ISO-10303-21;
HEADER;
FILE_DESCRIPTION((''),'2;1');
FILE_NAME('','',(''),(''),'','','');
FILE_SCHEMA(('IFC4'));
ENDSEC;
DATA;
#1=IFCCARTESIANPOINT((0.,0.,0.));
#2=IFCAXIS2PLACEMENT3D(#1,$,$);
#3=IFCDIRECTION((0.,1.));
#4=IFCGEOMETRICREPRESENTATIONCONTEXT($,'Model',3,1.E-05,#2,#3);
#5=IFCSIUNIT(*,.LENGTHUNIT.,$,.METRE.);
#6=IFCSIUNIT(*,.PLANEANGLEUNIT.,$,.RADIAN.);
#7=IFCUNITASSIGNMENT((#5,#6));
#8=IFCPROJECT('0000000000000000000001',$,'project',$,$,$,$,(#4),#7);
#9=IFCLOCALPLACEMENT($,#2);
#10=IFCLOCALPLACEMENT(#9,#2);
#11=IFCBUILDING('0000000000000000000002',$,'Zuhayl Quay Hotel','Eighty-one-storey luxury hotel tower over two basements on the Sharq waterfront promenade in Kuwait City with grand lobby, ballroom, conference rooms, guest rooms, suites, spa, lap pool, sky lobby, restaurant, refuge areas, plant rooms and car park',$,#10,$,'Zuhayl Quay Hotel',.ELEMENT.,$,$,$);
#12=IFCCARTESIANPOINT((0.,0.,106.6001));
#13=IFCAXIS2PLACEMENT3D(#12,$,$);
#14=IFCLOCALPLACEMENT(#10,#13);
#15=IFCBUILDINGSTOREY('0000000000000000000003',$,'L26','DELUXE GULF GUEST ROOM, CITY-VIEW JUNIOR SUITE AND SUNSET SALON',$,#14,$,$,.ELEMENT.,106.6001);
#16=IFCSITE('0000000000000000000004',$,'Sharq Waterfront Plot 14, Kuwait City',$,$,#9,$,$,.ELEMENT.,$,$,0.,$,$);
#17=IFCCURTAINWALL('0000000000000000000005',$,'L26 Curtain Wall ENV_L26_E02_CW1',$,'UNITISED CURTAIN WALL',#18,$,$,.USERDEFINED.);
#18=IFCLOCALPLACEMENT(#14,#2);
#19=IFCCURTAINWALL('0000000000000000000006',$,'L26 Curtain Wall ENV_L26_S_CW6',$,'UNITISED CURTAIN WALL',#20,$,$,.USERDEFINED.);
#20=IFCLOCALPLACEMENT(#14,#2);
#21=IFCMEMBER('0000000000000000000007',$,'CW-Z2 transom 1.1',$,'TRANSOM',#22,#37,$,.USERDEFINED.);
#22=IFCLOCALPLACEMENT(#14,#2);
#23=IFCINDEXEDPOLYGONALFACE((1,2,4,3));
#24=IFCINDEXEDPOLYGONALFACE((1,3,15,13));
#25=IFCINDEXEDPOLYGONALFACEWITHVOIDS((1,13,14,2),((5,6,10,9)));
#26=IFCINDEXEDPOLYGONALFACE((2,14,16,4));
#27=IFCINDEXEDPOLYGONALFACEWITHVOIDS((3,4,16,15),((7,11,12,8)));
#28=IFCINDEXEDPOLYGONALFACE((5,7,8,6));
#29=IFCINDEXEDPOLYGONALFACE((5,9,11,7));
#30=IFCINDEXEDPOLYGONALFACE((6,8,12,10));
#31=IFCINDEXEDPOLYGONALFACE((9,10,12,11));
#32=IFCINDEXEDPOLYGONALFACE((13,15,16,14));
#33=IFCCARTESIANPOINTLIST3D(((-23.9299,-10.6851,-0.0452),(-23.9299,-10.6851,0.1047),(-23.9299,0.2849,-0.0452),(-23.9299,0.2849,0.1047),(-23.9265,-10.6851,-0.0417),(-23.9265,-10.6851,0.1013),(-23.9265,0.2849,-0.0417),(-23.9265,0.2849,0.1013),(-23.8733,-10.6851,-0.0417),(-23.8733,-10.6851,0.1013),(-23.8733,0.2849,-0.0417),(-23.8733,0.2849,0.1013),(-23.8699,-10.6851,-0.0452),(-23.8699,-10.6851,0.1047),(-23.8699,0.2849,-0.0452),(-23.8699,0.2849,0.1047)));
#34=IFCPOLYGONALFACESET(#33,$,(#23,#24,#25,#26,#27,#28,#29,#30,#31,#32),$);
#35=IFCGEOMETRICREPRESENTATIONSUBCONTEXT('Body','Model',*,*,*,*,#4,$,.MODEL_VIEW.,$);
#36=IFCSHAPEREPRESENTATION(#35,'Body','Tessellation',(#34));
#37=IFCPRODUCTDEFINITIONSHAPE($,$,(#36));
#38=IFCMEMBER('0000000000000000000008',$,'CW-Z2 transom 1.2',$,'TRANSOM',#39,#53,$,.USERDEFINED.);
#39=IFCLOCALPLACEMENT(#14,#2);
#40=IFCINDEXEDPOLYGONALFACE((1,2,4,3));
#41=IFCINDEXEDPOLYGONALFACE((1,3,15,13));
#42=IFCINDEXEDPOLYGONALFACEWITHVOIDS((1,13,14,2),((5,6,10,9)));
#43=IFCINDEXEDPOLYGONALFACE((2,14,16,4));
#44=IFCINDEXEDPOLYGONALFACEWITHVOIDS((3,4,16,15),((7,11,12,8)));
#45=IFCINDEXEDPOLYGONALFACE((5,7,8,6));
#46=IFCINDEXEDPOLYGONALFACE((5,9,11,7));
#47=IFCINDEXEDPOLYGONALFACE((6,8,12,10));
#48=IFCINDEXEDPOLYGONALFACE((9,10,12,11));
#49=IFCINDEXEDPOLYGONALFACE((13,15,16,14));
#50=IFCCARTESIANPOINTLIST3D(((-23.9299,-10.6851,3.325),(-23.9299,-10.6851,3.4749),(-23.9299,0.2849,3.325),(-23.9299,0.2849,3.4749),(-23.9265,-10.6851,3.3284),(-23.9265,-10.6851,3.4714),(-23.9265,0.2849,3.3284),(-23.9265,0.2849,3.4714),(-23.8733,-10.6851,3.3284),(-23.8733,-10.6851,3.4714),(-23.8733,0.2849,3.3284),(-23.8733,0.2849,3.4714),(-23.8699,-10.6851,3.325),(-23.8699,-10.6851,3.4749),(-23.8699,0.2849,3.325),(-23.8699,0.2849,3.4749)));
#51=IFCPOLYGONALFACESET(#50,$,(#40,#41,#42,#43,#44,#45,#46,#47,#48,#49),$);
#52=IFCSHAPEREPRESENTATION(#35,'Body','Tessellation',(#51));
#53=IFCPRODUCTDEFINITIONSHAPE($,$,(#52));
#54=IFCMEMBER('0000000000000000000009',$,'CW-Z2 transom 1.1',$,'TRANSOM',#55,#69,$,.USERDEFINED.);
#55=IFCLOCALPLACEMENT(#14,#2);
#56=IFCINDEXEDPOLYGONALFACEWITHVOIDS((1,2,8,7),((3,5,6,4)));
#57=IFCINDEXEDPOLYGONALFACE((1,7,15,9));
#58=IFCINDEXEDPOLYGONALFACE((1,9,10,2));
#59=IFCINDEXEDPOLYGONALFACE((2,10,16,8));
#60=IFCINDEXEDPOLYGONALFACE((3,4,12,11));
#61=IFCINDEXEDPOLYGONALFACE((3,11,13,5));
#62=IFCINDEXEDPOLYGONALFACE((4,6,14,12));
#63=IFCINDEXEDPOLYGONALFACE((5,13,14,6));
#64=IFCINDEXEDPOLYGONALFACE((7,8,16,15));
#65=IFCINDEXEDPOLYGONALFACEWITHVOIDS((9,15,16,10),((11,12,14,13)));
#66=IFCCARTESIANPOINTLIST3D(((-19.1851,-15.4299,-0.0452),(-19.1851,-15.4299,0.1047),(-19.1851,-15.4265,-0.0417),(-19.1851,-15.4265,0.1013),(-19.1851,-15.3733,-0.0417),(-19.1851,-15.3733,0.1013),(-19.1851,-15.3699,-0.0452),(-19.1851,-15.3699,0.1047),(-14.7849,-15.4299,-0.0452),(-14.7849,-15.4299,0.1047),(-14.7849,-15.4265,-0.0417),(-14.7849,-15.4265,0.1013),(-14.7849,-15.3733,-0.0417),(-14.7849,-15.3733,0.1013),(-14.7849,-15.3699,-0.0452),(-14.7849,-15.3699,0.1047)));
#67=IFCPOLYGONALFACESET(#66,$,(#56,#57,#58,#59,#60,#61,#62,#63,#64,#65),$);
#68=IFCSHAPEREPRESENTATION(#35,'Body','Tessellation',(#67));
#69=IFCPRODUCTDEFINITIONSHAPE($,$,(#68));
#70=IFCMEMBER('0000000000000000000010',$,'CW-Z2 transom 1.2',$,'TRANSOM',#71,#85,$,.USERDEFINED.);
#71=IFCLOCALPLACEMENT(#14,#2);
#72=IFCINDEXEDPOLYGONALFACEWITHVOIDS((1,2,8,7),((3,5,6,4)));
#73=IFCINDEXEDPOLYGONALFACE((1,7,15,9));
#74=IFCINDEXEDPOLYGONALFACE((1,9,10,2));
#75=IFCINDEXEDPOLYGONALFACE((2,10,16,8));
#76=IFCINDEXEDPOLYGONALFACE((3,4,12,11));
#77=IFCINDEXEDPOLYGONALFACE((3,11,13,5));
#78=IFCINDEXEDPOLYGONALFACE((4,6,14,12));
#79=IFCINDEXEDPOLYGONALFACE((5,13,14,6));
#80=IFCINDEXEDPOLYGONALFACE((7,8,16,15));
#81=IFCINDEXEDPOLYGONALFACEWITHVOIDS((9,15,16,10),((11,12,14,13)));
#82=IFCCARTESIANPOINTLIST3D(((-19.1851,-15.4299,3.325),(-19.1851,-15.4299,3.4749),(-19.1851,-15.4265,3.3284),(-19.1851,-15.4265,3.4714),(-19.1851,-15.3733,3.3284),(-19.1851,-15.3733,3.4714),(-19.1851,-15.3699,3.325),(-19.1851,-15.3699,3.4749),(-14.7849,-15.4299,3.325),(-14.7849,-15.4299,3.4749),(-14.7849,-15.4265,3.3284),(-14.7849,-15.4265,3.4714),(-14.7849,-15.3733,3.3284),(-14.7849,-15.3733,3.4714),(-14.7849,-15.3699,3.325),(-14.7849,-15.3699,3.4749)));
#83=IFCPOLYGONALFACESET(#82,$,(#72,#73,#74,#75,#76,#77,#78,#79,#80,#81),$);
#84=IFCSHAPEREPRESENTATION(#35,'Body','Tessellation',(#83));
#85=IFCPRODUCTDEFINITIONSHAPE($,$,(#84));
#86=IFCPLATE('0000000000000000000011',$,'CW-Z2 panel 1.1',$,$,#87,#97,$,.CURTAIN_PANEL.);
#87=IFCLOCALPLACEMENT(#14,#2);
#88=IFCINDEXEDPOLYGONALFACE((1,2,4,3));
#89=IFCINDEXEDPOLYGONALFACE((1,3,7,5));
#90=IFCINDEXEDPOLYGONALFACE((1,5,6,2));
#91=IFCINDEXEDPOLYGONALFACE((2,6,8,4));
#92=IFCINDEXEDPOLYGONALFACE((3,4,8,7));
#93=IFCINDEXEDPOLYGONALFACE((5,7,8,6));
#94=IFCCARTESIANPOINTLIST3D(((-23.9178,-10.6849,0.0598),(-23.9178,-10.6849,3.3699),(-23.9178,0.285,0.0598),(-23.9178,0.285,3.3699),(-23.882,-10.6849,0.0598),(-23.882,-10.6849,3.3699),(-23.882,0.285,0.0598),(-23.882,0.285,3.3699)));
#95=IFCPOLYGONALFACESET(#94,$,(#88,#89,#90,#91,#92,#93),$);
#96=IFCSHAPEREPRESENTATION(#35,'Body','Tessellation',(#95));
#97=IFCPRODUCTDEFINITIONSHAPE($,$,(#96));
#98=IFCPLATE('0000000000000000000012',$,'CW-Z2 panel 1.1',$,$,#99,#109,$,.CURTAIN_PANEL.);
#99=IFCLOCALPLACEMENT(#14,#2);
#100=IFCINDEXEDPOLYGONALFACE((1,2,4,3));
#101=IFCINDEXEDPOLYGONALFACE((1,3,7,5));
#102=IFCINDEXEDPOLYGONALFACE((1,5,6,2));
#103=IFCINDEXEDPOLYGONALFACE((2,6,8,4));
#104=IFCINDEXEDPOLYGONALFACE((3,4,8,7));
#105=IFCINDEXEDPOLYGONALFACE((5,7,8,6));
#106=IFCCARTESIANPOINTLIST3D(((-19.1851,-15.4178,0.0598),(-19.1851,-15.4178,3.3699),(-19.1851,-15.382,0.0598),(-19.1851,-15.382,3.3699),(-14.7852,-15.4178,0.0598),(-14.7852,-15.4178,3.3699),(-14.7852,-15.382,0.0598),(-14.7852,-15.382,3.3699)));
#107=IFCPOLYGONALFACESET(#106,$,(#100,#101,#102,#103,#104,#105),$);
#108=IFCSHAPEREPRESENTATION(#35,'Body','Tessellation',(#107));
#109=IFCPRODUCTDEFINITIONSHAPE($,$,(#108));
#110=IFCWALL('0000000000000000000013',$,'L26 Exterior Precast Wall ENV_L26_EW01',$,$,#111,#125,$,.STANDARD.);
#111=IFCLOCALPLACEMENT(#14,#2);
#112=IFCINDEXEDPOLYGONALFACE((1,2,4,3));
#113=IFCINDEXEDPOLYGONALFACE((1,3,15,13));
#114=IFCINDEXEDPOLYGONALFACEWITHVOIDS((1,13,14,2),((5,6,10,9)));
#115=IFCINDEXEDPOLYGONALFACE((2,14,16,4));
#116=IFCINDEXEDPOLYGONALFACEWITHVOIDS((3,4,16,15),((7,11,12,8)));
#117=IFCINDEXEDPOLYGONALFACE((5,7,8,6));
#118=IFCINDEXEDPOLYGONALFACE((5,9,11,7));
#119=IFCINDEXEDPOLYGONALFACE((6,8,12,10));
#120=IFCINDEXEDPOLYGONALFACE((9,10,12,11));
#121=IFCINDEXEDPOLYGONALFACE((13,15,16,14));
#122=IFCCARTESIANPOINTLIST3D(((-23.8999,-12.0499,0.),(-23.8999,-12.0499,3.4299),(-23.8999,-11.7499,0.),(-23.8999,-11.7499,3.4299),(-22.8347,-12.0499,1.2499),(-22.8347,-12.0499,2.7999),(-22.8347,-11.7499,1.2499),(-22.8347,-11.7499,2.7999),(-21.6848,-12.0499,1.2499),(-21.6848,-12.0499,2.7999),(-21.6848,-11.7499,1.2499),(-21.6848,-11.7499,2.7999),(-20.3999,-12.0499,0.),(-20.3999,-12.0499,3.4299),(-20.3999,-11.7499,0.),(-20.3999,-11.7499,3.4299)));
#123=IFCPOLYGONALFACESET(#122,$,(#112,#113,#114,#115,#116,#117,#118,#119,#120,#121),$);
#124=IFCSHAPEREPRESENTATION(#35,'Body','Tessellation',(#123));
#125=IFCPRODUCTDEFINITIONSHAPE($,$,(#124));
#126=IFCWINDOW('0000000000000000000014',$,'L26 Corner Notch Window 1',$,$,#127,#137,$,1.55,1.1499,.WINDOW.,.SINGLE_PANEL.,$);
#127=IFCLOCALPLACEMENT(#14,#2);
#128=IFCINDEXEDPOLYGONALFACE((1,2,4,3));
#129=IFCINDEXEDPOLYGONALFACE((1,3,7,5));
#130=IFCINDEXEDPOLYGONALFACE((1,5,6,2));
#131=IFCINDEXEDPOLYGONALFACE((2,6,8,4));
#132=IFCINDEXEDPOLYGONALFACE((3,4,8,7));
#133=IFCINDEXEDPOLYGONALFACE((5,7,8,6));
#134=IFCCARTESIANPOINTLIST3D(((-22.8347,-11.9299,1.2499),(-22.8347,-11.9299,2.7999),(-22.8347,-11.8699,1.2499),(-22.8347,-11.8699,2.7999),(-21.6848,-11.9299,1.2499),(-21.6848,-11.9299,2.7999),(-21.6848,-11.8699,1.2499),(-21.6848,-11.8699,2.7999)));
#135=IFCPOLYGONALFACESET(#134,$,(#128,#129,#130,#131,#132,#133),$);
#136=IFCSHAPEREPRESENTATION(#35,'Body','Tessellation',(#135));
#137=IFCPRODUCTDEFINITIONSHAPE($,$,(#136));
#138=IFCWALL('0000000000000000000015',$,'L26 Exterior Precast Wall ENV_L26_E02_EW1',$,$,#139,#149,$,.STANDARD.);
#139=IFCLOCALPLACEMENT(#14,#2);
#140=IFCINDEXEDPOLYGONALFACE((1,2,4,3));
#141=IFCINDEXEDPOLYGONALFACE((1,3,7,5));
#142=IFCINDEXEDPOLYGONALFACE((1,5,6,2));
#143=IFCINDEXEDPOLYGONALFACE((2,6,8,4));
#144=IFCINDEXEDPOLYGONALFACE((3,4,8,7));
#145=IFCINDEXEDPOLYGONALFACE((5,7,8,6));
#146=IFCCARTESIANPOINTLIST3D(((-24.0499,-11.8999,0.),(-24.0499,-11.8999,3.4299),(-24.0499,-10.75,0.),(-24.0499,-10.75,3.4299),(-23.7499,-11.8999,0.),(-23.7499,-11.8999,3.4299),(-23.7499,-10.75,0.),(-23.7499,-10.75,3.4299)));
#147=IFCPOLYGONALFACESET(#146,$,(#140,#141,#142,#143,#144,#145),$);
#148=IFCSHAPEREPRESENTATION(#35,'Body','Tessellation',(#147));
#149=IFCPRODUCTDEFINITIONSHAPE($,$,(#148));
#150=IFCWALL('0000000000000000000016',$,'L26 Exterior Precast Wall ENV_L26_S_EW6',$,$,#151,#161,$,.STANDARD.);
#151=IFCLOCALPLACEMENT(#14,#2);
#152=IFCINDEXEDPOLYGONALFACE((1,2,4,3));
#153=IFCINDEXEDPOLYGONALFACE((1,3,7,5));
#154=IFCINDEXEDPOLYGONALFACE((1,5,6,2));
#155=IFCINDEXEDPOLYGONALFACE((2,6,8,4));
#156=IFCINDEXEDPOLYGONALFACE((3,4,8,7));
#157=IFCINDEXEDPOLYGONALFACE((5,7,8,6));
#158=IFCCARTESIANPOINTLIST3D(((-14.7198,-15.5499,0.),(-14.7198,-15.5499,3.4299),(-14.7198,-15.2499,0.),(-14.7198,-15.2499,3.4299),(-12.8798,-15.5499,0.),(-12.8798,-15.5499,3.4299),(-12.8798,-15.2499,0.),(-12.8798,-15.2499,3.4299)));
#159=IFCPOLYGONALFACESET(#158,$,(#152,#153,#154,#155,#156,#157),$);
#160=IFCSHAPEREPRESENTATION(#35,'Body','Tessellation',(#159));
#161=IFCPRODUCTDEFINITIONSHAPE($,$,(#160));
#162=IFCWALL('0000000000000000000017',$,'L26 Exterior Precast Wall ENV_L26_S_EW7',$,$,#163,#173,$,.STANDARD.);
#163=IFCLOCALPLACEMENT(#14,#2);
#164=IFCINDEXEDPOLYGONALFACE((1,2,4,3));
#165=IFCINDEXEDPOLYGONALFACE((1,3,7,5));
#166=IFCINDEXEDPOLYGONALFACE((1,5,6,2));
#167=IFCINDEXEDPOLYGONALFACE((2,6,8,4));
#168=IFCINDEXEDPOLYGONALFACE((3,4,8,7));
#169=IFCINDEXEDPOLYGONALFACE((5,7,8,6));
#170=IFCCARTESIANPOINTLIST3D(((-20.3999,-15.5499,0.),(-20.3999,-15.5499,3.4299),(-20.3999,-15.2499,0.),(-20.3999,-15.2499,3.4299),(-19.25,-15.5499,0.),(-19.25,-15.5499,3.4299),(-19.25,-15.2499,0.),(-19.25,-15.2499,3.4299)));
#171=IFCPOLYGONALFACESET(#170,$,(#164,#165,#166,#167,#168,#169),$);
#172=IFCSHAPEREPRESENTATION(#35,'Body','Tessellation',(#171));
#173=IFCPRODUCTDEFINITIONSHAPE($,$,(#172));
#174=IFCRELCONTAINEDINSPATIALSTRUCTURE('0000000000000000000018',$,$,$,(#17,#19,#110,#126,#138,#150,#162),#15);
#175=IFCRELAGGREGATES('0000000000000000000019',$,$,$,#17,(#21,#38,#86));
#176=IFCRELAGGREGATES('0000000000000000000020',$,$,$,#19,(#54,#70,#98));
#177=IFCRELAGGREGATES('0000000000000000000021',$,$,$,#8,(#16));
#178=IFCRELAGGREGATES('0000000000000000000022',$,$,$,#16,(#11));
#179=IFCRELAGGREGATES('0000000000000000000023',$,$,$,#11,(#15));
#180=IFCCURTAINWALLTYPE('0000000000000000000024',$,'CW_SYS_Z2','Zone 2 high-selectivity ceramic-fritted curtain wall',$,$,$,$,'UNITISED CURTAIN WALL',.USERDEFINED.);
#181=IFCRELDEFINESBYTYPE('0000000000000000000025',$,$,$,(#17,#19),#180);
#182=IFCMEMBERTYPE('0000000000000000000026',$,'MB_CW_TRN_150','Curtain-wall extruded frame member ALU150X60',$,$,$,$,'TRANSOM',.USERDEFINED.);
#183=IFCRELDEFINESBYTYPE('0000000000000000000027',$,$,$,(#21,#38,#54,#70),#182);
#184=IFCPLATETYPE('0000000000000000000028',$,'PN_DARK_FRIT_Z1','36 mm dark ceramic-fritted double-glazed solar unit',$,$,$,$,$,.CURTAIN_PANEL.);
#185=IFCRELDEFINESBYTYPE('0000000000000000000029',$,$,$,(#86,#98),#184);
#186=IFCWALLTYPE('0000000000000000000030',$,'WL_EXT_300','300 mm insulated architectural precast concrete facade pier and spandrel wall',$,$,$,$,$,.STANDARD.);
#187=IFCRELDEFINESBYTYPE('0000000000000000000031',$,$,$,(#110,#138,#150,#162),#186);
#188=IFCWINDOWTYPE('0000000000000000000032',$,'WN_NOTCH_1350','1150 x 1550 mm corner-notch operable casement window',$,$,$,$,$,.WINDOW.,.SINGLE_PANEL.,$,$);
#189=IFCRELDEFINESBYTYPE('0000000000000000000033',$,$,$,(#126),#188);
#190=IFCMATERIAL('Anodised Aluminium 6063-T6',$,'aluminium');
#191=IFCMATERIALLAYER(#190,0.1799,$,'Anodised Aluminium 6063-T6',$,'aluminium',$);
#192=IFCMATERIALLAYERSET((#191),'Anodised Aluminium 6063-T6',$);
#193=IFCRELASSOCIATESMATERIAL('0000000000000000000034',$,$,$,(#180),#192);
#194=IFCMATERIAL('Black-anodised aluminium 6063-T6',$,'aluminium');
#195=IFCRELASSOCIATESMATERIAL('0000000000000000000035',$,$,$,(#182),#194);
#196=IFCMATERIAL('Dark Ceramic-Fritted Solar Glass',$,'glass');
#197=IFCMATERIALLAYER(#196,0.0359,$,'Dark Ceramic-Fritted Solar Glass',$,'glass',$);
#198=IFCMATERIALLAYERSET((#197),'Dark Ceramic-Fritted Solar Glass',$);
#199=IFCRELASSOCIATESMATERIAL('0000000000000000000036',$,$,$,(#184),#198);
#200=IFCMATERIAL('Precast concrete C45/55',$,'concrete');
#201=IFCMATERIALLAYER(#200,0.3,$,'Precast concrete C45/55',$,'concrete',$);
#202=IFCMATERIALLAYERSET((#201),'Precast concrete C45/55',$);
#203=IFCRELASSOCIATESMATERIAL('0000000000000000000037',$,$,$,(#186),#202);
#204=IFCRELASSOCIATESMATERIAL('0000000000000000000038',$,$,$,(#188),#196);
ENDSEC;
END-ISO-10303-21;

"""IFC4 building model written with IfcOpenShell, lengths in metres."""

from ifc_helpers import new_model, si_unit, direction, frame, frame_2d, origin, origin_2d, place, context, subcontext, project, spatial, rectangle, hollow_rectangle, extrude, material, layer, layer_set, material_profile, profile_set, type_object, element, fill, aggregate, save


model = new_model("IFC4")

# Units and contexts
model_context = context("Model", 3, precision=1e-05, world=origin(), true_north=direction((0.0, 1.0)))
body_context = subcontext(model_context, "Body", "Model", "MODEL_VIEW")
ifc_project = project(units=[si_unit("LENGTHUNIT", "METRE"), si_unit("PLANEANGLEUNIT", "RADIAN")], contexts=[model_context])

# Site, building, storey
site_placement = place(None, origin())
site = spatial("IfcSite", under=ifc_project, at=site_placement, Name="Sharq Waterfront Plot 14, Kuwait City", CompositionType="ELEMENT", RefElevation=0.0)
building_placement = place(site_placement, origin())
building = spatial("IfcBuilding", under=site, at=building_placement, Name="Zuhayl Quay Hotel", Description="Eighty-one-storey luxury hotel tower over two basements on the Sharq waterfront promenade in Kuwait City with grand lobby, ballroom, conference rooms, guest rooms, suites, spa, lap pool, sky lobby, restaurant, refuge areas, plant rooms and car park", LongName="Zuhayl Quay Hotel", CompositionType="ELEMENT")
storey_placement = place(building_placement, frame((0.0, 0.0, 106.6001)))
storey = spatial("IfcBuildingStorey", under=building, at=storey_placement, Name="L26", Description="DELUXE GULF GUEST ROOM, CITY-VIEW JUNIOR SUITE AND SUNSET SALON", CompositionType="ELEMENT", Elevation=106.6001)

# Curtain wall
ifc_material_1 = material(Name="Anodised Aluminium 6063-T6", Category="aluminium")
ifc_layer_1 = layer(ifc_material_1, 0.1799, Name="Anodised Aluminium 6063-T6", Category="aluminium")
ifc_layer_set_1 = layer_set([ifc_layer_1], Name="Anodised Aluminium 6063-T6")
curtain_wall_type = type_object("IfcCurtainWallType", Name="CW_SYS_Z2", Description="Zone 2 high-selectivity ceramic-fritted curtain wall", ElementType="UNITISED CURTAIN WALL", PredefinedType="USERDEFINED", material=ifc_layer_set_1)
curtain_wall_1_placement = place(storey_placement, origin())
curtain_wall_1 = element("IfcCurtainWall", 1, at=curtain_wall_1_placement, inside=storey, type_object=curtain_wall_type, Name="L26 Curtain Wall ENV_L26_E02_CW1", ObjectType="UNITISED CURTAIN WALL", PredefinedType="USERDEFINED")
ifc_material_2 = material(Name="Black-anodised aluminium 6063-T6", Category="aluminium")

# Curtain wall
curtain_wall_2_placement = place(storey_placement, origin())
curtain_wall_2 = element("IfcCurtainWall", 2, at=curtain_wall_2_placement, inside=storey, type_object=curtain_wall_type, Name="L26 Curtain Wall ENV_L26_S_CW6", ObjectType="UNITISED CURTAIN WALL", PredefinedType="USERDEFINED")

# Members
ifc_material_profile_1 = material_profile(ifc_material_2, hollow_rectangle(XDim=0.0601, YDim=0.1499, WallThickness=0.0034, at=origin_2d()), Name="ALU150X60")
ifc_profile_set_1 = profile_set([ifc_material_profile_1], Name="Black-anodised aluminium 6063-T6")
member_type_1 = type_object("IfcMemberType", Name="MB_CW_TRN_150", Description="Curtain-wall extruded frame member ALU150X60", ElementType="TRANSOM", PredefinedType="USERDEFINED", material=ifc_profile_set_1)
member_1_placement = place(storey_placement, frame((-23.8999, -10.6851, 0.0298), z_axis=(0.0, 1.0, 0.0), x_axis=(-1.0, 0.0, 0.0)))
member_1 = element("IfcMember", 3, at=member_1_placement, type_object=member_type_1, Name="CW-Z2 transom 1.1", ObjectType="TRANSOM", PredefinedType="USERDEFINED", context=body_context, shape_type="SweptSolid", body=[
    extrude(hollow_rectangle(XDim=0.0601, YDim=0.1499, WallThickness=0.0034, at=origin_2d()), origin(), (0.0, 0.0, 1.0), 10.97),
])
member_2_placement = place(storey_placement, frame((-23.8999, -10.6851, 3.3999), z_axis=(0.0, 1.0, 0.0), x_axis=(-1.0, 0.0, 0.0)))
member_2 = element("IfcMember", 4, at=member_2_placement, type_object=member_type_1, Name="CW-Z2 transom 1.2", ObjectType="TRANSOM", PredefinedType="USERDEFINED", context=body_context, shape_type="SweptSolid", body=[
    extrude(hollow_rectangle(XDim=0.0601, YDim=0.1499, WallThickness=0.0034, at=origin_2d()), origin(), (0.0, 0.0, 1.0), 10.97),
])
member_3_placement = place(storey_placement, frame((-14.7849, -15.3999, 0.0298), z_axis=(-1.0, 0.0, 0.0), x_axis=(0.0, -1.0, 0.0)))
member_3 = element("IfcMember", 5, at=member_3_placement, type_object=member_type_1, Name="CW-Z2 transom 1.1", ObjectType="TRANSOM", PredefinedType="USERDEFINED", context=body_context, shape_type="SweptSolid", body=[
    extrude(hollow_rectangle(XDim=0.0601, YDim=0.1499, WallThickness=0.0034, at=origin_2d()), origin(), (0.0, 0.0, 1.0), 4.4001),
])
member_4_placement = place(storey_placement, frame((-14.7849, -15.3999, 3.3999), z_axis=(-1.0, 0.0, 0.0), x_axis=(0.0, -1.0, 0.0)))
member_4 = element("IfcMember", 6, at=member_4_placement, type_object=member_type_1, Name="CW-Z2 transom 1.2", ObjectType="TRANSOM", PredefinedType="USERDEFINED", context=body_context, shape_type="SweptSolid", body=[
    extrude(hollow_rectangle(XDim=0.0601, YDim=0.1499, WallThickness=0.0034, at=origin_2d()), origin(), (0.0, 0.0, 1.0), 4.4001),
])

# Plates
ifc_material_3 = material(Name="Dark Ceramic-Fritted Solar Glass", Category="glass")
ifc_layer_2 = layer(ifc_material_3, 0.0359, Name="Dark Ceramic-Fritted Solar Glass", Category="glass")
ifc_layer_set_2 = layer_set([ifc_layer_2], Name="Dark Ceramic-Fritted Solar Glass")
plate_type = type_object("IfcPlateType", Name="PN_DARK_FRIT_Z1", Description="36 mm dark ceramic-fritted double-glazed solar unit", PredefinedType="CURTAIN_PANEL", material=ifc_layer_set_2)
plate_1_placement = place(storey_placement, frame((-23.8999, -5.2, 0.0598), z_axis=(0.0, 0.0, 1.0), x_axis=(0.0, 1.0, 0.0)))
plate_1 = element("IfcPlate", 7, at=plate_1_placement, type_object=plate_type, Name="CW-Z2 panel 1.1", PredefinedType="CURTAIN_PANEL", context=body_context, shape_type="SweptSolid", body=[
    extrude(rectangle(XDim=10.97, YDim=0.0359, at=origin_2d()), origin(), (0.0, 0.0, 1.0), 3.3101),
])
aggregate(curtain_wall_1, [member_1, member_2, plate_1])
plate_2_placement = place(storey_placement, frame((-16.9851, -15.3999, 0.0598), z_axis=(0.0, 0.0, 1.0), x_axis=(-1.0, 0.0, 0.0)))
plate_2 = element("IfcPlate", 8, at=plate_2_placement, type_object=plate_type, Name="CW-Z2 panel 1.1", PredefinedType="CURTAIN_PANEL", context=body_context, shape_type="SweptSolid", body=[
    extrude(rectangle(XDim=4.3999, YDim=0.0359, at=origin_2d()), origin(), (0.0, 0.0, 1.0), 3.3101),
])
aggregate(curtain_wall_2, [member_3, member_4, plate_2])

# Wall, opening, window
ifc_material_4 = material(Name="Precast concrete C45/55", Category="concrete")
ifc_layer_3 = layer(ifc_material_4, 0.3, Name="Precast concrete C45/55", Category="concrete")
ifc_layer_set_3 = layer_set([ifc_layer_3], Name="Precast concrete C45/55")
wall_type_1 = type_object("IfcWallType", Name="WL_EXT_300", Description="300 mm insulated architectural precast concrete facade pier and spandrel wall", PredefinedType="STANDARD", material=ifc_layer_set_3)
wall_1_placement = place(storey_placement, frame((-20.3999, -11.8999, 0.0), z_axis=(0.0, 0.0, 1.0), x_axis=(-1.0, 0.0, 0.0)))
wall_1 = element("IfcWall", 9, at=wall_1_placement, inside=storey, type_object=wall_type_1, Name="L26 Exterior Precast Wall ENV_L26_EW01", PredefinedType="STANDARD", context=body_context, shape_type="SweptSolid", body=[
    extrude(rectangle(XDim=3.5, YDim=0.3, at=frame_2d((1.75, 0.0))), origin(), (0.0, 0.0, 1.0), 3.4299),
])
opening_1_placement = place(wall_1_placement, frame((1.2849, 0.0, 1.25)))
opening_1 = element("IfcOpeningElement", 10, at=opening_1_placement, cuts=wall_1, PredefinedType="OPENING", context=body_context, shape_type="SweptSolid", body=[
    extrude(rectangle(XDim=1.1499, YDim=1.55, at=frame_2d((0.575, 0.7749))), frame((0.0, 0.1599, 0.0), z_axis=(0.0, -1.0, 0.0), x_axis=(1.0, 0.0, 0.0)), (0.0, 0.0, 1.0), 0.3201),
])
window_type = type_object("IfcWindowType", Name="WN_NOTCH_1350", Description="1150 x 1550 mm corner-notch operable casement window", PartitioningType="SINGLE_PANEL", PredefinedType="WINDOW", material=ifc_material_3)
window_1_placement = place(opening_1_placement, origin())
window_1 = element("IfcWindow", 11, at=window_1_placement, inside=storey, type_object=window_type, Name="L26 Corner Notch Window 1", OverallHeight=1.55, OverallWidth=1.1499, PartitioningType="SINGLE_PANEL", PredefinedType="WINDOW", context=body_context, shape_type="SweptSolid", body=[
    extrude(rectangle(XDim=1.1499, YDim=1.55, at=frame_2d((0.575, 0.7749))), frame((0.0, 0.03, 0.0), z_axis=(0.0, -1.0, 0.0), x_axis=(1.0, 0.0, 0.0)), (0.0, 0.0, 1.0), 0.0601),
])
fill(opening_1, window_1)

# Walls
wall_2_placement = place(storey_placement, frame((-23.8999, -11.8999, 0.0), z_axis=(0.0, 0.0, 1.0), x_axis=(0.0, 1.0, 0.0)))
element("IfcWall", 12, at=wall_2_placement, inside=storey, type_object=wall_type_1, Name="L26 Exterior Precast Wall ENV_L26_E02_EW1", PredefinedType="STANDARD", context=body_context, shape_type="SweptSolid", body=[
    extrude(rectangle(XDim=1.1499, YDim=0.3, at=frame_2d((0.575, 0.0))), origin(), (0.0, 0.0, 1.0), 3.4299),
])
wall_3_placement = place(storey_placement, frame((-12.8799, -15.3999, 0.0), z_axis=(0.0, 0.0, 1.0), x_axis=(-1.0, 0.0, 0.0)))
element("IfcWall", 13, at=wall_3_placement, inside=storey, type_object=wall_type_1, Name="L26 Exterior Precast Wall ENV_L26_S_EW6", PredefinedType="STANDARD", context=body_context, shape_type="SweptSolid", body=[
    extrude(rectangle(XDim=1.8401, YDim=0.3, at=frame_2d((0.9199, 0.0))), origin(), (0.0, 0.0, 1.0), 3.4299),
])
wall_4_placement = place(storey_placement, frame((-19.25, -15.3999, 0.0), z_axis=(0.0, 0.0, 1.0), x_axis=(-1.0, 0.0, 0.0)))
element("IfcWall", 14, at=wall_4_placement, inside=storey, type_object=wall_type_1, Name="L26 Exterior Precast Wall ENV_L26_S_EW7", PredefinedType="STANDARD", context=body_context, shape_type="SweptSolid", body=[
    extrude(rectangle(XDim=1.1499, YDim=0.3, at=frame_2d((0.575, 0.0))), origin(), (0.0, 0.0, 1.0), 3.4299),
])

save(model, "model.ifc")
